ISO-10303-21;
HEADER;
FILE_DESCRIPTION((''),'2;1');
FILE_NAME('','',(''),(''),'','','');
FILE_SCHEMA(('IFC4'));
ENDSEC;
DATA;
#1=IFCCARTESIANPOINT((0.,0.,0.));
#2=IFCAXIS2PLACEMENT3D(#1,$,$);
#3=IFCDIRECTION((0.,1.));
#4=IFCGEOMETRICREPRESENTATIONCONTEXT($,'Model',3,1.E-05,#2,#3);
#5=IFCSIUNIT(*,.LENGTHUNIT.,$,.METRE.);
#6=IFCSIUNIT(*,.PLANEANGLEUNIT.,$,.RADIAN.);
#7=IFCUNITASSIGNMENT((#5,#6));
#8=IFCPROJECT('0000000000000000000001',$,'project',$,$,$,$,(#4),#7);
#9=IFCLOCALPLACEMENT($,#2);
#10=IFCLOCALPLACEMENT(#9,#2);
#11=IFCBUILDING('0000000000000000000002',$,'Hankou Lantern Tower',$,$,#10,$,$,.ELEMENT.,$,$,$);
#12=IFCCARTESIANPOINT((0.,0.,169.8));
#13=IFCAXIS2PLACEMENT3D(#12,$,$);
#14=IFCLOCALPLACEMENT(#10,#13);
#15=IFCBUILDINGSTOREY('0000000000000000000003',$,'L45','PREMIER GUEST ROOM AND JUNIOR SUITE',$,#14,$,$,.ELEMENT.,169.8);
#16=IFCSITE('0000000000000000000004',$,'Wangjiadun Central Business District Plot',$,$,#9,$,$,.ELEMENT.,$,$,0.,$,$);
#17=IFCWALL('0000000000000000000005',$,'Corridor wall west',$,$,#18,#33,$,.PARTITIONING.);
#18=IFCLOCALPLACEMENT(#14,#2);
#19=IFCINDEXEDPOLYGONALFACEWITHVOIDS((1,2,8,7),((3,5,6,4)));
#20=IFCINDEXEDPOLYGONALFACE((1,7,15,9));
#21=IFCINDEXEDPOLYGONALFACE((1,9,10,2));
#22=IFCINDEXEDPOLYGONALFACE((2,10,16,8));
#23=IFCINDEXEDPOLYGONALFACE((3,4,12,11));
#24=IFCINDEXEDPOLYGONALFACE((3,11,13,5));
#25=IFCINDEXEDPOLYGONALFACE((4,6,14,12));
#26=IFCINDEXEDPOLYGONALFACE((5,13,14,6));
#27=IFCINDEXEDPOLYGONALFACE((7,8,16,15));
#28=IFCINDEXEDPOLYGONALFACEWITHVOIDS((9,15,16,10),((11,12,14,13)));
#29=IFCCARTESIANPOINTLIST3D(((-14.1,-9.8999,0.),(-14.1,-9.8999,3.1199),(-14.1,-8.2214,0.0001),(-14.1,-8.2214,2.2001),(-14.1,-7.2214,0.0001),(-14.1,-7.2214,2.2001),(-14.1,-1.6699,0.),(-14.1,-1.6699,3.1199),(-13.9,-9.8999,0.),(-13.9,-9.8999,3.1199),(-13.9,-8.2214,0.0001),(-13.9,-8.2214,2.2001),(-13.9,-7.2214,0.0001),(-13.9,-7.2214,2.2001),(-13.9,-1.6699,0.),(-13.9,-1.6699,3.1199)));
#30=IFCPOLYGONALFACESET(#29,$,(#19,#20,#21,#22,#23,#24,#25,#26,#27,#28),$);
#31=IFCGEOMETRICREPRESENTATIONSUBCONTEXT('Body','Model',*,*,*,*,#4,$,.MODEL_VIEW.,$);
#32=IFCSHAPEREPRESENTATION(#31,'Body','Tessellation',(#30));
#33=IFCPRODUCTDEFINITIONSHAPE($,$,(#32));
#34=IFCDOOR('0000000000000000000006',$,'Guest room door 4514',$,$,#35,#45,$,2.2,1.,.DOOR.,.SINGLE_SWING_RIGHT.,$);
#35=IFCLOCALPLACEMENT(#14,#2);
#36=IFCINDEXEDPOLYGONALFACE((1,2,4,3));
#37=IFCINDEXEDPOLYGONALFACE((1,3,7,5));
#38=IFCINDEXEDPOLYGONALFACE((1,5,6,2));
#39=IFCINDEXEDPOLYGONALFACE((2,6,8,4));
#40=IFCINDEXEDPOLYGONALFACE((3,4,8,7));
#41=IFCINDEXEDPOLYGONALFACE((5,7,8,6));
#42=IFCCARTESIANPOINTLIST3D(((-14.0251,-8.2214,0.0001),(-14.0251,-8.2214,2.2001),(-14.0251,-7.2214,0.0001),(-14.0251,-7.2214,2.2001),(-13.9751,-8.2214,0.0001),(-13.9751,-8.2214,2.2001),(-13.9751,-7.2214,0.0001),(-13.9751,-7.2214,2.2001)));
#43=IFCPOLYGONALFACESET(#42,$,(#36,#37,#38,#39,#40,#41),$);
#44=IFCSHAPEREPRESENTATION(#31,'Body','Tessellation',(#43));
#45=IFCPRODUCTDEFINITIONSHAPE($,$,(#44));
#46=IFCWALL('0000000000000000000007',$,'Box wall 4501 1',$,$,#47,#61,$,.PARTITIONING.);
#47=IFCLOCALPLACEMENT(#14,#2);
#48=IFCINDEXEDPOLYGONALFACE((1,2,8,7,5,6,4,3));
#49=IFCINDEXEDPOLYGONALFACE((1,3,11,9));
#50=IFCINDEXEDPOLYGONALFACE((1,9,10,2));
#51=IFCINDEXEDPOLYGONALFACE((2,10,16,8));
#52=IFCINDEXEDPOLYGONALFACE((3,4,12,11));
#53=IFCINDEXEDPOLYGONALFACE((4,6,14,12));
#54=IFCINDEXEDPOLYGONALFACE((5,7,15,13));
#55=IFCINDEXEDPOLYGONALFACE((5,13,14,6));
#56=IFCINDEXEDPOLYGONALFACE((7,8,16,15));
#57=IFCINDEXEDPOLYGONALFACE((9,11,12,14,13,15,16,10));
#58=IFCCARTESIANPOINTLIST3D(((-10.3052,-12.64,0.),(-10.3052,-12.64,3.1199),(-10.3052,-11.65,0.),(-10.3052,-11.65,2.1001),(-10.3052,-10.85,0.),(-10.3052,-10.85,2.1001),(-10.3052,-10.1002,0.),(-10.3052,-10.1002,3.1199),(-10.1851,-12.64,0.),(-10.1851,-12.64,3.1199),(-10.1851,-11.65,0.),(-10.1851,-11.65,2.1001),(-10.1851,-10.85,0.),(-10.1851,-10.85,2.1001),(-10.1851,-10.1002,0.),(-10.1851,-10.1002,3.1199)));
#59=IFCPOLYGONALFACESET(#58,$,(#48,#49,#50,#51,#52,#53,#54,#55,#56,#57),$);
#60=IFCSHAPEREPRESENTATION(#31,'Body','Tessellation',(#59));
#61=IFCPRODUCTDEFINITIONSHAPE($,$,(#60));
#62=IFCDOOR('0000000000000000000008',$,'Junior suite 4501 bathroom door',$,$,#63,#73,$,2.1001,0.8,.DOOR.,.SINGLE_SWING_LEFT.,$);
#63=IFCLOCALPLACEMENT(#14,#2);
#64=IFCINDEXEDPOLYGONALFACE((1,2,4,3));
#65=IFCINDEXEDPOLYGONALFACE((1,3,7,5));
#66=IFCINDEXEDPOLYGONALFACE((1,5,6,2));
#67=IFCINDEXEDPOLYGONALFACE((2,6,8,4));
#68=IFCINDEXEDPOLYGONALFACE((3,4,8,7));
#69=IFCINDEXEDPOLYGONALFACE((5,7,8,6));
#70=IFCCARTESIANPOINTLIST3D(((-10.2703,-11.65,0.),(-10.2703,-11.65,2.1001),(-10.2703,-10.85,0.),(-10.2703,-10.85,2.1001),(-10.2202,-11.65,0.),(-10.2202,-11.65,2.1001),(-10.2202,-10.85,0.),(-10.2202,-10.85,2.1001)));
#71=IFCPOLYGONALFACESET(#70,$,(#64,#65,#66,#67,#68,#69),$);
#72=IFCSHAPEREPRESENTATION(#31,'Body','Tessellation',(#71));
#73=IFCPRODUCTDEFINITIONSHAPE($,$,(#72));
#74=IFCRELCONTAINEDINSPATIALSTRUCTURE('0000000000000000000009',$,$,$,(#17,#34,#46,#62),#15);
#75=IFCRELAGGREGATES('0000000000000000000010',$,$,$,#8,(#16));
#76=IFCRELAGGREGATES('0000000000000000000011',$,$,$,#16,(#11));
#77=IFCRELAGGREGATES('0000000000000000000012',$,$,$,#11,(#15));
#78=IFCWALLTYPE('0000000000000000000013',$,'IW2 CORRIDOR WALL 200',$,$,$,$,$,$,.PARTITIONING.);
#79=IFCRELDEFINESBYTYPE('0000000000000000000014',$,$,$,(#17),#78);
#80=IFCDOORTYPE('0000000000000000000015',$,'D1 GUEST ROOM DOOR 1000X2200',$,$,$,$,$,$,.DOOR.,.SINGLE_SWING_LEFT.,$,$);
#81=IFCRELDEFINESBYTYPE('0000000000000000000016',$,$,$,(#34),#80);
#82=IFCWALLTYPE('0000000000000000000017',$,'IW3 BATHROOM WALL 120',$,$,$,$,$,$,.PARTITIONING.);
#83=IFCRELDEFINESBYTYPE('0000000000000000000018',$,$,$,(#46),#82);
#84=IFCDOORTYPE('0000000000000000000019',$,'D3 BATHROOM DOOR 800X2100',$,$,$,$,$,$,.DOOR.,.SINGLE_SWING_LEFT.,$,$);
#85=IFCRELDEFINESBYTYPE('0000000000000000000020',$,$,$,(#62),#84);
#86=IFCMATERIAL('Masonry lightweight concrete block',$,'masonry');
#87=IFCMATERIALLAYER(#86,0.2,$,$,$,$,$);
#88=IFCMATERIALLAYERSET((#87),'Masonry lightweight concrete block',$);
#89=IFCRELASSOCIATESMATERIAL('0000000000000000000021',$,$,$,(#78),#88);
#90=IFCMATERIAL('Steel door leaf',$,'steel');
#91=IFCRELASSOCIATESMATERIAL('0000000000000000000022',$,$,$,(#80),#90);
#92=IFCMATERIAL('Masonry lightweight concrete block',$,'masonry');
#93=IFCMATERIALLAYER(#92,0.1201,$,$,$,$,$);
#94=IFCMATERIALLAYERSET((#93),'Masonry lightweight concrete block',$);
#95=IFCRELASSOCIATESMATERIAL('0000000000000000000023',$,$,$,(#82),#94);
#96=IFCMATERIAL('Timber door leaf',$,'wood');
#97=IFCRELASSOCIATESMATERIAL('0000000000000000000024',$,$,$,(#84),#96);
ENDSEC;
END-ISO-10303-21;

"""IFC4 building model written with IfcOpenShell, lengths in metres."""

from ifc_helpers import new_model, si_unit, direction, frame, frame_2d, origin, place, context, subcontext, project, spatial, rectangle, extrude, material, layer, layer_set, type_object, element, fill, save


model = new_model("IFC4")

# Units and contexts
model_context = context("Model", 3, precision=1e-05, world=origin(), true_north=direction((0.0, 1.0)))
body_context = subcontext(model_context, "Body", "Model", "MODEL_VIEW")
ifc_project = project(units=[si_unit("LENGTHUNIT", "METRE"), si_unit("PLANEANGLEUNIT", "RADIAN")], contexts=[model_context])

# Site, building, storey
site_placement = place(None, origin())
site = spatial("IfcSite", under=ifc_project, at=site_placement, Name="Wangjiadun Central Business District Plot", CompositionType="ELEMENT", RefElevation=0.0)
building_placement = place(site_placement, origin())
building = spatial("IfcBuilding", under=site, at=building_placement, Name="Hankou Lantern Tower", CompositionType="ELEMENT")
storey_placement = place(building_placement, frame((0.0, 0.0, 169.8)))
storey = spatial("IfcBuildingStorey", under=building, at=storey_placement, Name="L45", Description="PREMIER GUEST ROOM AND JUNIOR SUITE", CompositionType="ELEMENT", Elevation=169.8)

# Shared definitions
ifc_material_1 = material(Name="Masonry lightweight concrete block", Category="masonry")
ifc_layer_1 = layer(ifc_material_1, 0.2)
ifc_layer_set_1 = layer_set([ifc_layer_1], Name="Masonry lightweight concrete block")
wall_type_1 = type_object("IfcWallType", Name="IW2 CORRIDOR WALL 200", PredefinedType="PARTITIONING", material=ifc_layer_set_1)

# Walls, openings, doors
wall_1_placement = place(storey_placement, frame((-14.0, -1.6699, 0.0), z_axis=(0.0, 0.0, 1.0), x_axis=(0.0, -1.0, 0.0)))
wall_1 = element("IfcWall", 1, at=wall_1_placement, inside=storey, type_object=wall_type_1, Name="Corridor wall west", PredefinedType="PARTITIONING", context=body_context, shape_type="SweptSolid", body=[
    extrude(rectangle(XDim=8.23, YDim=0.2, at=frame_2d((4.115, 0.0))), origin(), (0.0, 0.0, 1.0), 3.1199),
])
opening_1_placement = place(wall_1_placement, frame((5.5515, 0.0, 0.0)))
opening_1 = element("IfcOpeningElement", 2, at=opening_1_placement, cuts=wall_1, PredefinedType="OPENING", context=body_context, shape_type="SweptSolid", body=[
    extrude(rectangle(XDim=1.0, YDim=2.2, at=frame_2d((0.5, 1.1001))), frame((0.0, 0.1099, 0.0), z_axis=(0.0, -1.0, 0.0), x_axis=(1.0, 0.0, 0.0)), (0.0, 0.0, 1.0), 0.22),
])
ifc_material_2 = material(Name="Steel door leaf", Category="steel")
door_type_1 = type_object("IfcDoorType", Name="D1 GUEST ROOM DOOR 1000X2200", OperationType="SINGLE_SWING_LEFT", PredefinedType="DOOR", material=ifc_material_2)
door_1_placement = place(opening_1_placement, origin())
door_1 = element("IfcDoor", 3, at=door_1_placement, inside=storey, type_object=door_type_1, Name="Guest room door 4514", OperationType="SINGLE_SWING_RIGHT", OverallHeight=2.2, OverallWidth=1.0, PredefinedType="DOOR", context=body_context, shape_type="SweptSolid", body=[
    extrude(rectangle(XDim=1.0, YDim=2.2, at=frame_2d((0.5, 1.1001))), frame((0.0, 0.0249, 0.0), z_axis=(0.0, -1.0, 0.0), x_axis=(1.0, 0.0, 0.0)), (0.0, 0.0, 1.0), 0.05),
])
fill(opening_1, door_1)
ifc_material_3 = material(Name="Masonry lightweight concrete block", Category="masonry")
ifc_layer_2 = layer(ifc_material_3, 0.1201)
ifc_layer_set_2 = layer_set([ifc_layer_2], Name="Masonry lightweight concrete block")
wall_type_2 = type_object("IfcWallType", Name="IW3 BATHROOM WALL 120", PredefinedType="PARTITIONING", material=ifc_layer_set_2)
wall_2_placement = place(storey_placement, frame((-10.2451, -10.1001, 0.0), z_axis=(0.0, 0.0, 1.0), x_axis=(0.0, -1.0, 0.0)))
wall_2 = element("IfcWall", 4, at=wall_2_placement, inside=storey, type_object=wall_type_2, Name="Box wall 4501 1", PredefinedType="PARTITIONING", context=body_context, shape_type="SweptSolid", body=[
    extrude(rectangle(XDim=2.5398, YDim=0.1201, at=frame_2d((1.27, 0.0))), origin(), (0.0, 0.0, 1.0), 3.1199),
])
opening_2_placement = place(wall_2_placement, frame((0.75, 0.0, 0.0)))
opening_2 = element("IfcOpeningElement", 5, at=opening_2_placement, cuts=wall_2, PredefinedType="OPENING", context=body_context, shape_type="SweptSolid", body=[
    extrude(rectangle(XDim=0.8, YDim=2.1001, at=frame_2d((0.3999, 1.05))), frame((0.0, 0.0701, 0.0), z_axis=(0.0, -1.0, 0.0), x_axis=(1.0, 0.0, 0.0)), (0.0, 0.0, 1.0), 0.1401),
])
ifc_material_4 = material(Name="Timber door leaf", Category="wood")
door_type_2 = type_object("IfcDoorType", Name="D3 BATHROOM DOOR 800X2100", OperationType="SINGLE_SWING_LEFT", PredefinedType="DOOR", material=ifc_material_4)
door_2_placement = place(opening_2_placement, origin())
door_2 = element("IfcDoor", 6, at=door_2_placement, inside=storey, type_object=door_type_2, Name="Junior suite 4501 bathroom door", OperationType="SINGLE_SWING_LEFT", OverallHeight=2.1001, OverallWidth=0.8, PredefinedType="DOOR", context=body_context, shape_type="SweptSolid", body=[
    extrude(rectangle(XDim=0.8, YDim=2.1001, at=frame_2d((0.3999, 1.05))), frame((0.0, 0.0249, 0.0), z_axis=(0.0, -1.0, 0.0), x_axis=(1.0, 0.0, 0.0)), (0.0, 0.0, 1.0), 0.05),
])
fill(opening_2, door_2)

save(model, "model.ifc")
